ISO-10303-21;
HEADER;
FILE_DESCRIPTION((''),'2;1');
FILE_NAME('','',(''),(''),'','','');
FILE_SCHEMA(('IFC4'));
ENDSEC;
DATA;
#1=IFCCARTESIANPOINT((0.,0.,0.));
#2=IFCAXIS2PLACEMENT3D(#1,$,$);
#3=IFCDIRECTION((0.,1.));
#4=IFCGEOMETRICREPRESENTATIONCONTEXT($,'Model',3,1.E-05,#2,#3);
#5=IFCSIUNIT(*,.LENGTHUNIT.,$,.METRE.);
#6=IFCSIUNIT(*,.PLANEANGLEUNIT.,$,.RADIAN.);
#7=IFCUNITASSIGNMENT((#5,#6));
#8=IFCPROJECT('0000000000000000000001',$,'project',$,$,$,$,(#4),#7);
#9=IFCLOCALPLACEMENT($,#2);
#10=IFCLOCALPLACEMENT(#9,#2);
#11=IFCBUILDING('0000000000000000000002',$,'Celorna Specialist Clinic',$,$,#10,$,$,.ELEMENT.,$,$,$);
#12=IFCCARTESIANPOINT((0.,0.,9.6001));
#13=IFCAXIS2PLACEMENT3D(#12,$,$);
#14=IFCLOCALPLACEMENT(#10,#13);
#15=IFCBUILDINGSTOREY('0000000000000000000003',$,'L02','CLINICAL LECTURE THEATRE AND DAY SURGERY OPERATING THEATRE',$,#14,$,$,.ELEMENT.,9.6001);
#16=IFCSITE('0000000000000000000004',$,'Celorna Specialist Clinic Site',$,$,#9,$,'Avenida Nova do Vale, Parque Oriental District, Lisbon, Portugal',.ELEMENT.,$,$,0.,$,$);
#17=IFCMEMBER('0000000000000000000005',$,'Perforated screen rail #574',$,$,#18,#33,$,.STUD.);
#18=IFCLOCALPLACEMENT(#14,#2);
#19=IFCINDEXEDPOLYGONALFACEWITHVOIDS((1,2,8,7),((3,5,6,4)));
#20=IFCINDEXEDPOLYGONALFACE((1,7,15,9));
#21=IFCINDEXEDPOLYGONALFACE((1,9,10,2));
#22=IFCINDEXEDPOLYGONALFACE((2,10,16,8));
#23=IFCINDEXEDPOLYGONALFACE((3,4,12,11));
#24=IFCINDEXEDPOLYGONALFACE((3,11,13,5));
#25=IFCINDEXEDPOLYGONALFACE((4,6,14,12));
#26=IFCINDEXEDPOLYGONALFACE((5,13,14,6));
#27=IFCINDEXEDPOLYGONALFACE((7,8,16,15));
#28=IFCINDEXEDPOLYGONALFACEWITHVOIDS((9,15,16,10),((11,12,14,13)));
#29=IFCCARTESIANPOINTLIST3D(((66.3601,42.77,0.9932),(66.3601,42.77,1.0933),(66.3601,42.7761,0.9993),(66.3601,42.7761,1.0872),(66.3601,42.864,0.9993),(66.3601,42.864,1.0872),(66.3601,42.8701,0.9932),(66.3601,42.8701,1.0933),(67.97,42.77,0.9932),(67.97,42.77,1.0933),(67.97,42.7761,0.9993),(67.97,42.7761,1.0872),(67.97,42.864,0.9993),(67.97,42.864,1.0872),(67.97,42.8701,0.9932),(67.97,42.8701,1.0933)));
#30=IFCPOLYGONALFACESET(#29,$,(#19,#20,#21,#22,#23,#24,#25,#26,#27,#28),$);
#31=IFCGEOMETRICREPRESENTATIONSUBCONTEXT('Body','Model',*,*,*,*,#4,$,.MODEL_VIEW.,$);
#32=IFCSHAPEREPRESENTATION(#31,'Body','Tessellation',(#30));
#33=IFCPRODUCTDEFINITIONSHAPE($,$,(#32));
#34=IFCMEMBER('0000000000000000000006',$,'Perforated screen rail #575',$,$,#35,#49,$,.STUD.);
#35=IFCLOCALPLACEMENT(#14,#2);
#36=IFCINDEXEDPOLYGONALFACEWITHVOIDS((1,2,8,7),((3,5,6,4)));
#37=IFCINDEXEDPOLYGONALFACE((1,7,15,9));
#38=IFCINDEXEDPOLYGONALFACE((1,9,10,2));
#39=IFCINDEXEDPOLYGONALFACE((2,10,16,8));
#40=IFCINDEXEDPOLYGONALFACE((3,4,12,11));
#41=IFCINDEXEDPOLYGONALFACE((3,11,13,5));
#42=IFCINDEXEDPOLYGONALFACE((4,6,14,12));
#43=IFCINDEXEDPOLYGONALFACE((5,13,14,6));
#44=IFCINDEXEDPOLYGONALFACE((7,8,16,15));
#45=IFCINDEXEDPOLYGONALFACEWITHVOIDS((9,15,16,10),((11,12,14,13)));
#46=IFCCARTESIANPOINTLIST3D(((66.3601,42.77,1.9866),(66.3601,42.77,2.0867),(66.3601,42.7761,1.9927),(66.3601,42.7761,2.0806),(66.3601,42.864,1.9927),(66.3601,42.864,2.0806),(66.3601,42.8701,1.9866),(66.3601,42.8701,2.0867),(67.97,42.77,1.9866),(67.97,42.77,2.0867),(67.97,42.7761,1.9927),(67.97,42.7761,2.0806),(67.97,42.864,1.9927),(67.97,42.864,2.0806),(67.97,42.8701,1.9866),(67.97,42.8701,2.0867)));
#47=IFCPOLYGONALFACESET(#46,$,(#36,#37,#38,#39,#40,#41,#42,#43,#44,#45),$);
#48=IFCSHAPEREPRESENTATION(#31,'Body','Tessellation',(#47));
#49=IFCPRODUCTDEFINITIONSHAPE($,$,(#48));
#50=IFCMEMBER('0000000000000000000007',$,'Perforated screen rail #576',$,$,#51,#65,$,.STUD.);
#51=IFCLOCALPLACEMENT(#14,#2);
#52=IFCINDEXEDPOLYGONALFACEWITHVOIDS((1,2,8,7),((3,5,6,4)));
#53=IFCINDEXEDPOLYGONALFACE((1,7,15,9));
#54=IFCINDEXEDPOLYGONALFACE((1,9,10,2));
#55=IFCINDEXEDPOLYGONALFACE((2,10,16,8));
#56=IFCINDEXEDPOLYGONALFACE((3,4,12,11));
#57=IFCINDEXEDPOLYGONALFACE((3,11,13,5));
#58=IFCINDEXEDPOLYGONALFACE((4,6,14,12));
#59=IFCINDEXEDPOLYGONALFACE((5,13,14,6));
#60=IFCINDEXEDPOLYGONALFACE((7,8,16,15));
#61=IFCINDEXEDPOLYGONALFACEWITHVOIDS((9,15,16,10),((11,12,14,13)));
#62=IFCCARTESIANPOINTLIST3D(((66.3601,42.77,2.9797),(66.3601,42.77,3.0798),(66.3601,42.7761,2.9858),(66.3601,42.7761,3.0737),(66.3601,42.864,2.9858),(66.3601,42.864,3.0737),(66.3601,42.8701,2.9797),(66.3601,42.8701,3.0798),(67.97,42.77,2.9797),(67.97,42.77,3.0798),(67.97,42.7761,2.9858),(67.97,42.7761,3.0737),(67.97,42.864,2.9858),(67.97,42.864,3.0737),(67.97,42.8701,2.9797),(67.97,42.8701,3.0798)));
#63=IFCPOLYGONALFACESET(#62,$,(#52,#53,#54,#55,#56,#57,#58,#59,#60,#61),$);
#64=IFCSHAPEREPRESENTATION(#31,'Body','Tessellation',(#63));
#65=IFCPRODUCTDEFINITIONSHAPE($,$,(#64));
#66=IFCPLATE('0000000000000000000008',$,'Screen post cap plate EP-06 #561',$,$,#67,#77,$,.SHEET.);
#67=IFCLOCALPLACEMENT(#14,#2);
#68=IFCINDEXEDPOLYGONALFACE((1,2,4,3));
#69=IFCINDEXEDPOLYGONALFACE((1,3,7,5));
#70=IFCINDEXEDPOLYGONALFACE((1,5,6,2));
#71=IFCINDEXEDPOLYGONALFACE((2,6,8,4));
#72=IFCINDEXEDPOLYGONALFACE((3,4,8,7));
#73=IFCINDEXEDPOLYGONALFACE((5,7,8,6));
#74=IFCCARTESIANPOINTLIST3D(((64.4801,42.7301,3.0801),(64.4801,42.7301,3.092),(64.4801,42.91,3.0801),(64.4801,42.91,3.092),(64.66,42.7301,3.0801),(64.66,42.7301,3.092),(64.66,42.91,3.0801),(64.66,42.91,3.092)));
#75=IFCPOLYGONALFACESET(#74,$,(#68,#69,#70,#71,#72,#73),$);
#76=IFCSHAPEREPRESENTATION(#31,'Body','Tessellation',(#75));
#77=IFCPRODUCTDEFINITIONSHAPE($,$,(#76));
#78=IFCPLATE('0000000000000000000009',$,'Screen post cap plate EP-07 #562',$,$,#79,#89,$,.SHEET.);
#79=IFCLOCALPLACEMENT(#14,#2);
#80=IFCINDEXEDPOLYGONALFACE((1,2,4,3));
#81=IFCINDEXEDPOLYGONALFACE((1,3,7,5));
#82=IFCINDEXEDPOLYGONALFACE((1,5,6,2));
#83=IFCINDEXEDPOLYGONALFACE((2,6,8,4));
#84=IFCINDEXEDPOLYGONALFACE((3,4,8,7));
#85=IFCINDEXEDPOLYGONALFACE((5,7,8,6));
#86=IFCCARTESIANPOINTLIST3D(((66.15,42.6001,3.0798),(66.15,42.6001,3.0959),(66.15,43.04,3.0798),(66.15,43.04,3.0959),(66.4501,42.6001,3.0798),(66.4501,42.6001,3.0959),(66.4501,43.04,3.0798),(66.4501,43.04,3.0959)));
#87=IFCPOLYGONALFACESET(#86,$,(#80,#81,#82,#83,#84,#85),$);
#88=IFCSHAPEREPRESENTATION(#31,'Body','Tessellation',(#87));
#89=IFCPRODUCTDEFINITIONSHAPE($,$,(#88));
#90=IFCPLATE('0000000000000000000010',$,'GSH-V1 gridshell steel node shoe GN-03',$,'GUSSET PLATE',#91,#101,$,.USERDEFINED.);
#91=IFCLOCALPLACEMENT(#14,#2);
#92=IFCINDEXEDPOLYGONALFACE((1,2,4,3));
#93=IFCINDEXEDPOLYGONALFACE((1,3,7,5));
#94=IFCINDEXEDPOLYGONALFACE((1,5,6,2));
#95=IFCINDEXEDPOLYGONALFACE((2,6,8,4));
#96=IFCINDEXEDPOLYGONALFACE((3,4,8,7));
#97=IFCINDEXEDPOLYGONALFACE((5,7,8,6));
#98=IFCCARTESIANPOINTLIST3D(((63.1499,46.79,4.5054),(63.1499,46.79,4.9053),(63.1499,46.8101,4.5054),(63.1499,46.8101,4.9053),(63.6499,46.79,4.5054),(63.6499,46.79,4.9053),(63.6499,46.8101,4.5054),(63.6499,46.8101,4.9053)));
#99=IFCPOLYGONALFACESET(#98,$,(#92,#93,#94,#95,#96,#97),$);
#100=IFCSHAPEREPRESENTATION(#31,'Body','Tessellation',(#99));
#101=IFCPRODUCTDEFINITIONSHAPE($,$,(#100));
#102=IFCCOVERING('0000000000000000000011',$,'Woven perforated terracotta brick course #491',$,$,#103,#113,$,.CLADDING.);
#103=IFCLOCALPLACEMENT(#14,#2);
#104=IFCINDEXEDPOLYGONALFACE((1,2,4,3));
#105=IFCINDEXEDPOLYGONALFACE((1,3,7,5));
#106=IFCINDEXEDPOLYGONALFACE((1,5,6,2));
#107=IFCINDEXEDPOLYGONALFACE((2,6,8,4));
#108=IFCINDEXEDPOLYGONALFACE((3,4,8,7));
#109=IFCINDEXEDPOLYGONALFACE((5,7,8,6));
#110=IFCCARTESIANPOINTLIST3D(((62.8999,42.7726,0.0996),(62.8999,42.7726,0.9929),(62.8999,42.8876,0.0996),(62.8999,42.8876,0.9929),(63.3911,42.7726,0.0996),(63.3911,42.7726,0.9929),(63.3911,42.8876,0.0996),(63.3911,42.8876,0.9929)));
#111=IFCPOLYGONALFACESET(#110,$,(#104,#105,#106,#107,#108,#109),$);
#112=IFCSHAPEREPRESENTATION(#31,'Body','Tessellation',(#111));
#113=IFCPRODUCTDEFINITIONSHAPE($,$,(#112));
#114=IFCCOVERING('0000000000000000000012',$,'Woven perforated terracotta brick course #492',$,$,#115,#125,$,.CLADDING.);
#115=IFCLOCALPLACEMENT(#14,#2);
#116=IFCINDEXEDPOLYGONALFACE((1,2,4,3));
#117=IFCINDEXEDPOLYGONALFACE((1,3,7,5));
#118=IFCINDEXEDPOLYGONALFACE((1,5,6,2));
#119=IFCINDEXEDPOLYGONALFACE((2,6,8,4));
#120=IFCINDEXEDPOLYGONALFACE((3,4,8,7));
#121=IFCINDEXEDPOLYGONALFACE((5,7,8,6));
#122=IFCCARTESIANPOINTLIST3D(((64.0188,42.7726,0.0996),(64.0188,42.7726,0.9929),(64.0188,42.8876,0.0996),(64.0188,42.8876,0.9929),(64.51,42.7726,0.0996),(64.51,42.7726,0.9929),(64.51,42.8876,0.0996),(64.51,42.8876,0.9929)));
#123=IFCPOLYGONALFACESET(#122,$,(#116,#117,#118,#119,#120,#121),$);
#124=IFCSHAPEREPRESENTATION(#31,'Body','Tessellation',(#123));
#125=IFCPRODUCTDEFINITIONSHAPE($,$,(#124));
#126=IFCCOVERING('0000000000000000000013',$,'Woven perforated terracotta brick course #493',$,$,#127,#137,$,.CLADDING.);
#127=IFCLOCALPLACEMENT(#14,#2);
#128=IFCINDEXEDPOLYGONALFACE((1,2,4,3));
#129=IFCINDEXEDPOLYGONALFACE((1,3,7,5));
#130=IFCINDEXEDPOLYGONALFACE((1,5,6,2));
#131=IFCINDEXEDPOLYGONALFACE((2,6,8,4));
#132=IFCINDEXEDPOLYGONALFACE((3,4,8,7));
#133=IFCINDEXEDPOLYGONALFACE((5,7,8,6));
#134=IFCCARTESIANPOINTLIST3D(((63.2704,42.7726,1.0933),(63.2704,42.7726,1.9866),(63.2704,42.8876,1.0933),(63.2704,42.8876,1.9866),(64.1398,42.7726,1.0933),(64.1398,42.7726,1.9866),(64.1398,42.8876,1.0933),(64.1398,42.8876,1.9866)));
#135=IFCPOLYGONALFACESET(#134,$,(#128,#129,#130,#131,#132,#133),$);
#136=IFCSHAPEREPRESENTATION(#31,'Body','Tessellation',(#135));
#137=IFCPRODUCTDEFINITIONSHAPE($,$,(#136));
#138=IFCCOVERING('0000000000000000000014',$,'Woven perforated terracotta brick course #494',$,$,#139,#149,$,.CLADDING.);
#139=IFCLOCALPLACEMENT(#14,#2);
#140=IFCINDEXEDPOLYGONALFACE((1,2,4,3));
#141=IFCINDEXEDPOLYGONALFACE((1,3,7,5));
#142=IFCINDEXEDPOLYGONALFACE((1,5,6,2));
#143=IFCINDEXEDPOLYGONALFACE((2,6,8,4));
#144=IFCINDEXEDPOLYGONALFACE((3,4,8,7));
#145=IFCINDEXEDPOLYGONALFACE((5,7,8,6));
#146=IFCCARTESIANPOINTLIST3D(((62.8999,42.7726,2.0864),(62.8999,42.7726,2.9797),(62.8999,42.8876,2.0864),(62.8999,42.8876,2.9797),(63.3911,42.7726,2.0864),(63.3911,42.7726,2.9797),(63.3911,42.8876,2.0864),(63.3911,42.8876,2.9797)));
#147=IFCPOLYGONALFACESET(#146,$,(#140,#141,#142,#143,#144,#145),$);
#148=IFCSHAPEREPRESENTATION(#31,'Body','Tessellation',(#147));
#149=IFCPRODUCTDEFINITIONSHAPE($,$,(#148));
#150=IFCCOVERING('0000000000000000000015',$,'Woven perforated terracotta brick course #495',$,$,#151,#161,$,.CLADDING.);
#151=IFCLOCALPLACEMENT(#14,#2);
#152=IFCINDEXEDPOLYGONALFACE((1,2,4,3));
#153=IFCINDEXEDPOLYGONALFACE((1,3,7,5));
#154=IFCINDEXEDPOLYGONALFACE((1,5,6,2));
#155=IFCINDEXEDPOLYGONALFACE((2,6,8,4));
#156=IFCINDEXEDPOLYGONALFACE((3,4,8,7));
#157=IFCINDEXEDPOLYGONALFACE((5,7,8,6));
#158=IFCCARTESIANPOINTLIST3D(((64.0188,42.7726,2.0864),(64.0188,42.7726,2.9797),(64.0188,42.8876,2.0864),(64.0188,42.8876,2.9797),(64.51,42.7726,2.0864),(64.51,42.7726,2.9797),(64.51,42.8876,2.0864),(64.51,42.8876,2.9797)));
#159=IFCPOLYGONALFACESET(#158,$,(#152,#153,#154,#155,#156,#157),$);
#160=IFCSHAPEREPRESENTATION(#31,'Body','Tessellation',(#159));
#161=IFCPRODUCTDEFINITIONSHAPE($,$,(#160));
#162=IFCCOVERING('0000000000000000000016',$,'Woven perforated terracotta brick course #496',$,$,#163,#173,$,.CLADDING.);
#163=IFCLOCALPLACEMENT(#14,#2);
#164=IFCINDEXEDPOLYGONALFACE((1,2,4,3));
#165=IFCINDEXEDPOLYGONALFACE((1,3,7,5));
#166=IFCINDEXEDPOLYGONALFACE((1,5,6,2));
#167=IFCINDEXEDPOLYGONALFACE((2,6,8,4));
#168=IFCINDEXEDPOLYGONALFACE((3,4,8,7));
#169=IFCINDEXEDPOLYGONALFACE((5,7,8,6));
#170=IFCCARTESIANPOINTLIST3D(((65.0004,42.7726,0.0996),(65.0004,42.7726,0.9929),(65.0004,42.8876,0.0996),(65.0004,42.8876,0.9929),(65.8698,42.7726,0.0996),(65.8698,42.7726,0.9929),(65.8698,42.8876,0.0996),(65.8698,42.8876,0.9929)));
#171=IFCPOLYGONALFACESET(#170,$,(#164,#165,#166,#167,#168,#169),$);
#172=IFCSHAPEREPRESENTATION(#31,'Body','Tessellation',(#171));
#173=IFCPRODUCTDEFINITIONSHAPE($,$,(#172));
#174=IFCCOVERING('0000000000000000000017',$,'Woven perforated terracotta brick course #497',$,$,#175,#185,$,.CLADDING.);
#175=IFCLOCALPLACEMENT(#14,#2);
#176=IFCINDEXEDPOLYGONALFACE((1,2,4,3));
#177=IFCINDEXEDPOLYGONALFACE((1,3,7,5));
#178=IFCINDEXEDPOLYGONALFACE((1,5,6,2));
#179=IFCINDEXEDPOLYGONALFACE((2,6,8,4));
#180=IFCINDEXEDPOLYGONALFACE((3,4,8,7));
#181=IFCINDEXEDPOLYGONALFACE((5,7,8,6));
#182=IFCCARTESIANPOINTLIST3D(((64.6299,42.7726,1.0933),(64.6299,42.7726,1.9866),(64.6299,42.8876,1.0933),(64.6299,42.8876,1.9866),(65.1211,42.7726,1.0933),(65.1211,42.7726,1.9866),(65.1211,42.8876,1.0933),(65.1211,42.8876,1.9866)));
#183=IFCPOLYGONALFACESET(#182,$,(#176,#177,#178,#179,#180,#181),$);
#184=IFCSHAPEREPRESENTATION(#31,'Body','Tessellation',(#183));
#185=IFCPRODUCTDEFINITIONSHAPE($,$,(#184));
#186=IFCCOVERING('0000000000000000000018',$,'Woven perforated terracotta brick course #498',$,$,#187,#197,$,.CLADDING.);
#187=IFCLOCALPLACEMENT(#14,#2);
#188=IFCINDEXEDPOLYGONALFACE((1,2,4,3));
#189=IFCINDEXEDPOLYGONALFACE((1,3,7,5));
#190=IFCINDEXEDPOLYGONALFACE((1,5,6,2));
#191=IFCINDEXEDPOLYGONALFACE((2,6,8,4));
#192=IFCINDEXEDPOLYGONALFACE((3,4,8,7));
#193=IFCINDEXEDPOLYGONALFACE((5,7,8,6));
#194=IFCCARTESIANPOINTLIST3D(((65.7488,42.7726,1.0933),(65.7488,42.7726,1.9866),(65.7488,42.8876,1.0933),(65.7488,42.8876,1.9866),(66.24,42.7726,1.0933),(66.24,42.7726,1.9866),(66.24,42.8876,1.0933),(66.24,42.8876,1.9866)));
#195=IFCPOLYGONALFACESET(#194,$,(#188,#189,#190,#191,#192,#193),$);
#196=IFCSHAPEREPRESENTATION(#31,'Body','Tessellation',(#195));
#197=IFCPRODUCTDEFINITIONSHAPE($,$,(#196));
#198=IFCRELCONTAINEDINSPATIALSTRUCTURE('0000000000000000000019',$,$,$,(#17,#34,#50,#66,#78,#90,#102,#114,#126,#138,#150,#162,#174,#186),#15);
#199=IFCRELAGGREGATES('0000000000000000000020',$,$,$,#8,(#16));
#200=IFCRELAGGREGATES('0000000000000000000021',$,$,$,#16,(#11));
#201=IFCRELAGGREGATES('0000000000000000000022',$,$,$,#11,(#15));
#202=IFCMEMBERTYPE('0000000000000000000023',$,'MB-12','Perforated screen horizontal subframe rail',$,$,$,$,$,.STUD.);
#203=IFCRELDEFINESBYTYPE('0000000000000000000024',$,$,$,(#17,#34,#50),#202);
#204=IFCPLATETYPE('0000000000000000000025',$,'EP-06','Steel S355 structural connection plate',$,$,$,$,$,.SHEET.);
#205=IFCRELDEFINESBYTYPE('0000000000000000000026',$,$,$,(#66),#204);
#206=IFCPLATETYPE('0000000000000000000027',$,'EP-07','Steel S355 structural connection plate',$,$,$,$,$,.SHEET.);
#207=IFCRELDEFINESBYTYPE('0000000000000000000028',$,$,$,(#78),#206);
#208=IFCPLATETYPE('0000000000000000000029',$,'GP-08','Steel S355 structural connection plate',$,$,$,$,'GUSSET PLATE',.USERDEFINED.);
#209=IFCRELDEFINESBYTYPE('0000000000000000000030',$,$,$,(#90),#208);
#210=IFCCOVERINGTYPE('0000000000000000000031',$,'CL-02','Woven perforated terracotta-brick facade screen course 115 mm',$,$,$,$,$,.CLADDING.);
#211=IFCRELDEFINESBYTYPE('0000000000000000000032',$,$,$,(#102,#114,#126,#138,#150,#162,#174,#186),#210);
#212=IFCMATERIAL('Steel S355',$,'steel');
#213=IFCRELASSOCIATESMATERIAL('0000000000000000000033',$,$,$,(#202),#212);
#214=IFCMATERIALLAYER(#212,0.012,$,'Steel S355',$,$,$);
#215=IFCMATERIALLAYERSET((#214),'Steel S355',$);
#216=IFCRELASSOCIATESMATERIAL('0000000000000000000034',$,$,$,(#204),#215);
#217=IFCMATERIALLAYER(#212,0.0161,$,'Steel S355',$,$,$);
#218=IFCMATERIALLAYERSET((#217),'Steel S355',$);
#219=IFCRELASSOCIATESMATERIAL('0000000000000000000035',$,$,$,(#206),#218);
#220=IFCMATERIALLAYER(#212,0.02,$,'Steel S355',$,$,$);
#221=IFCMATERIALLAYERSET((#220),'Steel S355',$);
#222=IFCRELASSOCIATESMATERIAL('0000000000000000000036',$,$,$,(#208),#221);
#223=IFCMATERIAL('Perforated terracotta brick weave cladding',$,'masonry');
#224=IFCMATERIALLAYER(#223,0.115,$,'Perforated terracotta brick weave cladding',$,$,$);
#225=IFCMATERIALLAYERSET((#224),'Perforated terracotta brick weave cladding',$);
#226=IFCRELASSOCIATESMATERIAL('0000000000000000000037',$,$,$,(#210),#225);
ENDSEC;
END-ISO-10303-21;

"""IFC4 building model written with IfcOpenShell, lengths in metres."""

from ifc_helpers import new_model, si_unit, direction, frame, origin, origin_2d, place, context, subcontext, project, spatial, rectangle, hollow_rectangle, extrude, material, layer, layer_set, material_profile, profile_set, type_object, element, save


model = new_model("IFC4")

# Units and contexts
model_context = context("Model", 3, precision=1e-05, world=origin(), true_north=direction((0.0, 1.0)))
body_context = subcontext(model_context, "Body", "Model", "MODEL_VIEW")
ifc_project = project(units=[si_unit("LENGTHUNIT", "METRE"), si_unit("PLANEANGLEUNIT", "RADIAN")], contexts=[model_context])

# Site, building, storey
site_placement = place(None, origin())
site = spatial("IfcSite", under=ifc_project, at=site_placement, Name="Celorna Specialist Clinic Site", LongName="Avenida Nova do Vale, Parque Oriental District, Lisbon, Portugal", CompositionType="ELEMENT", RefElevation=0.0)
building_placement = place(site_placement, origin())
building = spatial("IfcBuilding", under=site, at=building_placement, Name="Celorna Specialist Clinic", CompositionType="ELEMENT")
storey_placement = place(building_placement, frame((0.0, 0.0, 9.6001)))
storey = spatial("IfcBuildingStorey", under=building, at=storey_placement, Name="L02", Description="CLINICAL LECTURE THEATRE AND DAY SURGERY OPERATING THEATRE", CompositionType="ELEMENT", Elevation=9.6001)

# Shared definitions
ifc_material_1 = material(Name="Steel S355", Category="steel")

# Members
ifc_material_profile_1 = material_profile(ifc_material_1, hollow_rectangle(XDim=0.1001, YDim=0.1001, WallThickness=0.0061, at=origin_2d()), Name="SHS 100x100x6")
ifc_profile_set_1 = profile_set([ifc_material_profile_1], Name="Steel S355")
member_type_1 = type_object("IfcMemberType", Name="MB-12", Description="Perforated screen horizontal subframe rail", PredefinedType="STUD", material=ifc_profile_set_1)
for number, where, z_axis, x_axis, name in (
    (1, (66.3601, 42.8201, 1.0432), (1.0, 0.0, 0.0), (0.0, 1.0, 0.0), "Perforated screen rail #574"),
    (2, (66.3601, 42.8201, 2.0366), (1.0, 0.0, 0.0), (0.0, 1.0, 0.0), "Perforated screen rail #575"),
    (3, (66.3601, 42.8201, 3.0298), (1.0, 0.0, 0.0), (0.0, 1.0, 0.0), "Perforated screen rail #576"),
):
    element("IfcMember", number, at=place(storey_placement, frame(where, z_axis=z_axis, x_axis=x_axis)), inside=storey, type_object=member_type_1, Name=name, PredefinedType="STUD", context=body_context, shape_type="SweptSolid", body=[
        extrude(hollow_rectangle(XDim=0.1001, YDim=0.1001, WallThickness=0.0061, at=origin_2d()), origin(), (0.0, 0.0, 1.0), 1.6099),
    ])

# Plates
ifc_layer_1 = layer(ifc_material_1, 0.012, Name="Steel S355")
ifc_layer_set_1 = layer_set([ifc_layer_1], Name="Steel S355")
plate_type_1 = type_object("IfcPlateType", Name="EP-06", Description="Steel S355 structural connection plate", PredefinedType="SHEET", material=ifc_layer_set_1)
plate_1_placement = place(storey_placement, frame((64.5701, 42.8201, 3.0801), z_axis=(0.0, 0.0, 1.0), x_axis=(1.0, 0.0, 0.0)))
element("IfcPlate", 4, at=plate_1_placement, inside=storey, type_object=plate_type_1, Name="Screen post cap plate EP-06 #561", PredefinedType="SHEET", context=body_context, shape_type="SweptSolid", body=[
    extrude(rectangle(XDim=0.1799, YDim=0.1799, at=origin_2d()), origin(), (0.0, 0.0, 1.0), 0.012),
])
ifc_layer_2 = layer(ifc_material_1, 0.0161, Name="Steel S355")
ifc_layer_set_2 = layer_set([ifc_layer_2], Name="Steel S355")
plate_type_2 = type_object("IfcPlateType", Name="EP-07", Description="Steel S355 structural connection plate", PredefinedType="SHEET", material=ifc_layer_set_2)
plate_2_placement = place(storey_placement, frame((66.3, 42.8201, 3.0798), z_axis=(0.0, 0.0, 1.0), x_axis=(1.0, 0.0, 0.0)))
element("IfcPlate", 5, at=plate_2_placement, inside=storey, type_object=plate_type_2, Name="Screen post cap plate EP-07 #562", PredefinedType="SHEET", context=body_context, shape_type="SweptSolid", body=[
    extrude(rectangle(XDim=0.3, YDim=0.4399, at=origin_2d()), origin(), (0.0, 0.0, 1.0), 0.0161),
])
ifc_layer_3 = layer(ifc_material_1, 0.02, Name="Steel S355")
ifc_layer_set_3 = layer_set([ifc_layer_3], Name="Steel S355")
plate_type_3 = type_object("IfcPlateType", Name="GP-08", Description="Steel S355 structural connection plate", ElementType="GUSSET PLATE", PredefinedType="USERDEFINED", material=ifc_layer_set_3)
plate_3_placement = place(storey_placement, frame((63.3999, 46.8, 4.5054), z_axis=(0.0, 0.0, 1.0), x_axis=(1.0, 0.0, 0.0)))
element("IfcPlate", 6, at=plate_3_placement, inside=storey, type_object=plate_type_3, Name="GSH-V1 gridshell steel node shoe GN-03", ObjectType="GUSSET PLATE", PredefinedType="USERDEFINED", context=body_context, shape_type="SweptSolid", body=[
    extrude(rectangle(XDim=0.5, YDim=0.02, at=origin_2d()), origin(), (0.0, 0.0, 1.0), 0.3999),
])

# Coverings
ifc_material_2 = material(Name="Perforated terracotta brick weave cladding", Category="masonry")
ifc_layer_4 = layer(ifc_material_2, 0.115, Name="Perforated terracotta brick weave cladding")
ifc_layer_set_4 = layer_set([ifc_layer_4], Name="Perforated terracotta brick weave cladding")
covering_type = type_object("IfcCoveringType", Name="CL-02", Description="Woven perforated terracotta-brick facade screen course 115 mm", PredefinedType="CLADDING", material=ifc_layer_set_4)
for number, where, z_axis, x_axis, name in (
    (7, (63.1455, 42.8301, 0.0996), (0.0, 0.0, 1.0), (1.0, 0.0, 0.0), "Woven perforated terracotta brick course #491"),
    (8, (64.2644, 42.8301, 0.0996), (0.0, 0.0, 1.0), (1.0, 0.0, 0.0), "Woven perforated terracotta brick course #492"),
):
    element("IfcCovering", number, at=place(storey_placement, frame(where, z_axis=z_axis, x_axis=x_axis)), inside=storey, type_object=covering_type, Name=name, PredefinedType="CLADDING", context=body_context, shape_type="SweptSolid", body=[
        extrude(rectangle(XDim=0.4912, YDim=0.115, at=origin_2d()), origin(), (0.0, 0.0, 1.0), 0.8933),
    ])
covering_1_placement = place(storey_placement, frame((63.7051, 42.8301, 1.0933), z_axis=(0.0, 0.0, 1.0), x_axis=(1.0, 0.0, 0.0)))
element("IfcCovering", 9, at=covering_1_placement, inside=storey, type_object=covering_type, Name="Woven perforated terracotta brick course #493", PredefinedType="CLADDING", context=body_context, shape_type="SweptSolid", body=[
    extrude(rectangle(XDim=0.8694, YDim=0.115, at=origin_2d()), origin(), (0.0, 0.0, 1.0), 0.8933),
])
for number, where, z_axis, x_axis, name in (
    (10, (63.1455, 42.8301, 2.0864), (0.0, 0.0, 1.0), (1.0, 0.0, 0.0), "Woven perforated terracotta brick course #494"),
    (11, (64.2644, 42.8301, 2.0864), (0.0, 0.0, 1.0), (1.0, 0.0, 0.0), "Woven perforated terracotta brick course #495"),
):
    element("IfcCovering", number, at=place(storey_placement, frame(where, z_axis=z_axis, x_axis=x_axis)), inside=storey, type_object=covering_type, Name=name, PredefinedType="CLADDING", context=body_context, shape_type="SweptSolid", body=[
        extrude(rectangle(XDim=0.4912, YDim=0.115, at=origin_2d()), origin(), (0.0, 0.0, 1.0), 0.8933),
    ])
covering_2_placement = place(storey_placement, frame((65.4351, 42.8301, 0.0996), z_axis=(0.0, 0.0, 1.0), x_axis=(1.0, 0.0, 0.0)))
element("IfcCovering", 12, at=covering_2_placement, inside=storey, type_object=covering_type, Name="Woven perforated terracotta brick course #496", PredefinedType="CLADDING", context=body_context, shape_type="SweptSolid", body=[
    extrude(rectangle(XDim=0.8694, YDim=0.115, at=origin_2d()), origin(), (0.0, 0.0, 1.0), 0.8933),
])
for number, where, z_axis, x_axis, name in (
    (13, (64.8755, 42.8301, 1.0933), (0.0, 0.0, 1.0), (1.0, 0.0, 0.0), "Woven perforated terracotta brick course #497"),
    (14, (65.9944, 42.8301, 1.0933), (0.0, 0.0, 1.0), (1.0, 0.0, 0.0), "Woven perforated terracotta brick course #498"),
):
    element("IfcCovering", number, at=place(storey_placement, frame(where, z_axis=z_axis, x_axis=x_axis)), inside=storey, type_object=covering_type, Name=name, PredefinedType="CLADDING", context=body_context, shape_type="SweptSolid", body=[
        extrude(rectangle(XDim=0.4912, YDim=0.115, at=origin_2d()), origin(), (0.0, 0.0, 1.0), 0.8933),
    ])

save(model, "model.ifc")
